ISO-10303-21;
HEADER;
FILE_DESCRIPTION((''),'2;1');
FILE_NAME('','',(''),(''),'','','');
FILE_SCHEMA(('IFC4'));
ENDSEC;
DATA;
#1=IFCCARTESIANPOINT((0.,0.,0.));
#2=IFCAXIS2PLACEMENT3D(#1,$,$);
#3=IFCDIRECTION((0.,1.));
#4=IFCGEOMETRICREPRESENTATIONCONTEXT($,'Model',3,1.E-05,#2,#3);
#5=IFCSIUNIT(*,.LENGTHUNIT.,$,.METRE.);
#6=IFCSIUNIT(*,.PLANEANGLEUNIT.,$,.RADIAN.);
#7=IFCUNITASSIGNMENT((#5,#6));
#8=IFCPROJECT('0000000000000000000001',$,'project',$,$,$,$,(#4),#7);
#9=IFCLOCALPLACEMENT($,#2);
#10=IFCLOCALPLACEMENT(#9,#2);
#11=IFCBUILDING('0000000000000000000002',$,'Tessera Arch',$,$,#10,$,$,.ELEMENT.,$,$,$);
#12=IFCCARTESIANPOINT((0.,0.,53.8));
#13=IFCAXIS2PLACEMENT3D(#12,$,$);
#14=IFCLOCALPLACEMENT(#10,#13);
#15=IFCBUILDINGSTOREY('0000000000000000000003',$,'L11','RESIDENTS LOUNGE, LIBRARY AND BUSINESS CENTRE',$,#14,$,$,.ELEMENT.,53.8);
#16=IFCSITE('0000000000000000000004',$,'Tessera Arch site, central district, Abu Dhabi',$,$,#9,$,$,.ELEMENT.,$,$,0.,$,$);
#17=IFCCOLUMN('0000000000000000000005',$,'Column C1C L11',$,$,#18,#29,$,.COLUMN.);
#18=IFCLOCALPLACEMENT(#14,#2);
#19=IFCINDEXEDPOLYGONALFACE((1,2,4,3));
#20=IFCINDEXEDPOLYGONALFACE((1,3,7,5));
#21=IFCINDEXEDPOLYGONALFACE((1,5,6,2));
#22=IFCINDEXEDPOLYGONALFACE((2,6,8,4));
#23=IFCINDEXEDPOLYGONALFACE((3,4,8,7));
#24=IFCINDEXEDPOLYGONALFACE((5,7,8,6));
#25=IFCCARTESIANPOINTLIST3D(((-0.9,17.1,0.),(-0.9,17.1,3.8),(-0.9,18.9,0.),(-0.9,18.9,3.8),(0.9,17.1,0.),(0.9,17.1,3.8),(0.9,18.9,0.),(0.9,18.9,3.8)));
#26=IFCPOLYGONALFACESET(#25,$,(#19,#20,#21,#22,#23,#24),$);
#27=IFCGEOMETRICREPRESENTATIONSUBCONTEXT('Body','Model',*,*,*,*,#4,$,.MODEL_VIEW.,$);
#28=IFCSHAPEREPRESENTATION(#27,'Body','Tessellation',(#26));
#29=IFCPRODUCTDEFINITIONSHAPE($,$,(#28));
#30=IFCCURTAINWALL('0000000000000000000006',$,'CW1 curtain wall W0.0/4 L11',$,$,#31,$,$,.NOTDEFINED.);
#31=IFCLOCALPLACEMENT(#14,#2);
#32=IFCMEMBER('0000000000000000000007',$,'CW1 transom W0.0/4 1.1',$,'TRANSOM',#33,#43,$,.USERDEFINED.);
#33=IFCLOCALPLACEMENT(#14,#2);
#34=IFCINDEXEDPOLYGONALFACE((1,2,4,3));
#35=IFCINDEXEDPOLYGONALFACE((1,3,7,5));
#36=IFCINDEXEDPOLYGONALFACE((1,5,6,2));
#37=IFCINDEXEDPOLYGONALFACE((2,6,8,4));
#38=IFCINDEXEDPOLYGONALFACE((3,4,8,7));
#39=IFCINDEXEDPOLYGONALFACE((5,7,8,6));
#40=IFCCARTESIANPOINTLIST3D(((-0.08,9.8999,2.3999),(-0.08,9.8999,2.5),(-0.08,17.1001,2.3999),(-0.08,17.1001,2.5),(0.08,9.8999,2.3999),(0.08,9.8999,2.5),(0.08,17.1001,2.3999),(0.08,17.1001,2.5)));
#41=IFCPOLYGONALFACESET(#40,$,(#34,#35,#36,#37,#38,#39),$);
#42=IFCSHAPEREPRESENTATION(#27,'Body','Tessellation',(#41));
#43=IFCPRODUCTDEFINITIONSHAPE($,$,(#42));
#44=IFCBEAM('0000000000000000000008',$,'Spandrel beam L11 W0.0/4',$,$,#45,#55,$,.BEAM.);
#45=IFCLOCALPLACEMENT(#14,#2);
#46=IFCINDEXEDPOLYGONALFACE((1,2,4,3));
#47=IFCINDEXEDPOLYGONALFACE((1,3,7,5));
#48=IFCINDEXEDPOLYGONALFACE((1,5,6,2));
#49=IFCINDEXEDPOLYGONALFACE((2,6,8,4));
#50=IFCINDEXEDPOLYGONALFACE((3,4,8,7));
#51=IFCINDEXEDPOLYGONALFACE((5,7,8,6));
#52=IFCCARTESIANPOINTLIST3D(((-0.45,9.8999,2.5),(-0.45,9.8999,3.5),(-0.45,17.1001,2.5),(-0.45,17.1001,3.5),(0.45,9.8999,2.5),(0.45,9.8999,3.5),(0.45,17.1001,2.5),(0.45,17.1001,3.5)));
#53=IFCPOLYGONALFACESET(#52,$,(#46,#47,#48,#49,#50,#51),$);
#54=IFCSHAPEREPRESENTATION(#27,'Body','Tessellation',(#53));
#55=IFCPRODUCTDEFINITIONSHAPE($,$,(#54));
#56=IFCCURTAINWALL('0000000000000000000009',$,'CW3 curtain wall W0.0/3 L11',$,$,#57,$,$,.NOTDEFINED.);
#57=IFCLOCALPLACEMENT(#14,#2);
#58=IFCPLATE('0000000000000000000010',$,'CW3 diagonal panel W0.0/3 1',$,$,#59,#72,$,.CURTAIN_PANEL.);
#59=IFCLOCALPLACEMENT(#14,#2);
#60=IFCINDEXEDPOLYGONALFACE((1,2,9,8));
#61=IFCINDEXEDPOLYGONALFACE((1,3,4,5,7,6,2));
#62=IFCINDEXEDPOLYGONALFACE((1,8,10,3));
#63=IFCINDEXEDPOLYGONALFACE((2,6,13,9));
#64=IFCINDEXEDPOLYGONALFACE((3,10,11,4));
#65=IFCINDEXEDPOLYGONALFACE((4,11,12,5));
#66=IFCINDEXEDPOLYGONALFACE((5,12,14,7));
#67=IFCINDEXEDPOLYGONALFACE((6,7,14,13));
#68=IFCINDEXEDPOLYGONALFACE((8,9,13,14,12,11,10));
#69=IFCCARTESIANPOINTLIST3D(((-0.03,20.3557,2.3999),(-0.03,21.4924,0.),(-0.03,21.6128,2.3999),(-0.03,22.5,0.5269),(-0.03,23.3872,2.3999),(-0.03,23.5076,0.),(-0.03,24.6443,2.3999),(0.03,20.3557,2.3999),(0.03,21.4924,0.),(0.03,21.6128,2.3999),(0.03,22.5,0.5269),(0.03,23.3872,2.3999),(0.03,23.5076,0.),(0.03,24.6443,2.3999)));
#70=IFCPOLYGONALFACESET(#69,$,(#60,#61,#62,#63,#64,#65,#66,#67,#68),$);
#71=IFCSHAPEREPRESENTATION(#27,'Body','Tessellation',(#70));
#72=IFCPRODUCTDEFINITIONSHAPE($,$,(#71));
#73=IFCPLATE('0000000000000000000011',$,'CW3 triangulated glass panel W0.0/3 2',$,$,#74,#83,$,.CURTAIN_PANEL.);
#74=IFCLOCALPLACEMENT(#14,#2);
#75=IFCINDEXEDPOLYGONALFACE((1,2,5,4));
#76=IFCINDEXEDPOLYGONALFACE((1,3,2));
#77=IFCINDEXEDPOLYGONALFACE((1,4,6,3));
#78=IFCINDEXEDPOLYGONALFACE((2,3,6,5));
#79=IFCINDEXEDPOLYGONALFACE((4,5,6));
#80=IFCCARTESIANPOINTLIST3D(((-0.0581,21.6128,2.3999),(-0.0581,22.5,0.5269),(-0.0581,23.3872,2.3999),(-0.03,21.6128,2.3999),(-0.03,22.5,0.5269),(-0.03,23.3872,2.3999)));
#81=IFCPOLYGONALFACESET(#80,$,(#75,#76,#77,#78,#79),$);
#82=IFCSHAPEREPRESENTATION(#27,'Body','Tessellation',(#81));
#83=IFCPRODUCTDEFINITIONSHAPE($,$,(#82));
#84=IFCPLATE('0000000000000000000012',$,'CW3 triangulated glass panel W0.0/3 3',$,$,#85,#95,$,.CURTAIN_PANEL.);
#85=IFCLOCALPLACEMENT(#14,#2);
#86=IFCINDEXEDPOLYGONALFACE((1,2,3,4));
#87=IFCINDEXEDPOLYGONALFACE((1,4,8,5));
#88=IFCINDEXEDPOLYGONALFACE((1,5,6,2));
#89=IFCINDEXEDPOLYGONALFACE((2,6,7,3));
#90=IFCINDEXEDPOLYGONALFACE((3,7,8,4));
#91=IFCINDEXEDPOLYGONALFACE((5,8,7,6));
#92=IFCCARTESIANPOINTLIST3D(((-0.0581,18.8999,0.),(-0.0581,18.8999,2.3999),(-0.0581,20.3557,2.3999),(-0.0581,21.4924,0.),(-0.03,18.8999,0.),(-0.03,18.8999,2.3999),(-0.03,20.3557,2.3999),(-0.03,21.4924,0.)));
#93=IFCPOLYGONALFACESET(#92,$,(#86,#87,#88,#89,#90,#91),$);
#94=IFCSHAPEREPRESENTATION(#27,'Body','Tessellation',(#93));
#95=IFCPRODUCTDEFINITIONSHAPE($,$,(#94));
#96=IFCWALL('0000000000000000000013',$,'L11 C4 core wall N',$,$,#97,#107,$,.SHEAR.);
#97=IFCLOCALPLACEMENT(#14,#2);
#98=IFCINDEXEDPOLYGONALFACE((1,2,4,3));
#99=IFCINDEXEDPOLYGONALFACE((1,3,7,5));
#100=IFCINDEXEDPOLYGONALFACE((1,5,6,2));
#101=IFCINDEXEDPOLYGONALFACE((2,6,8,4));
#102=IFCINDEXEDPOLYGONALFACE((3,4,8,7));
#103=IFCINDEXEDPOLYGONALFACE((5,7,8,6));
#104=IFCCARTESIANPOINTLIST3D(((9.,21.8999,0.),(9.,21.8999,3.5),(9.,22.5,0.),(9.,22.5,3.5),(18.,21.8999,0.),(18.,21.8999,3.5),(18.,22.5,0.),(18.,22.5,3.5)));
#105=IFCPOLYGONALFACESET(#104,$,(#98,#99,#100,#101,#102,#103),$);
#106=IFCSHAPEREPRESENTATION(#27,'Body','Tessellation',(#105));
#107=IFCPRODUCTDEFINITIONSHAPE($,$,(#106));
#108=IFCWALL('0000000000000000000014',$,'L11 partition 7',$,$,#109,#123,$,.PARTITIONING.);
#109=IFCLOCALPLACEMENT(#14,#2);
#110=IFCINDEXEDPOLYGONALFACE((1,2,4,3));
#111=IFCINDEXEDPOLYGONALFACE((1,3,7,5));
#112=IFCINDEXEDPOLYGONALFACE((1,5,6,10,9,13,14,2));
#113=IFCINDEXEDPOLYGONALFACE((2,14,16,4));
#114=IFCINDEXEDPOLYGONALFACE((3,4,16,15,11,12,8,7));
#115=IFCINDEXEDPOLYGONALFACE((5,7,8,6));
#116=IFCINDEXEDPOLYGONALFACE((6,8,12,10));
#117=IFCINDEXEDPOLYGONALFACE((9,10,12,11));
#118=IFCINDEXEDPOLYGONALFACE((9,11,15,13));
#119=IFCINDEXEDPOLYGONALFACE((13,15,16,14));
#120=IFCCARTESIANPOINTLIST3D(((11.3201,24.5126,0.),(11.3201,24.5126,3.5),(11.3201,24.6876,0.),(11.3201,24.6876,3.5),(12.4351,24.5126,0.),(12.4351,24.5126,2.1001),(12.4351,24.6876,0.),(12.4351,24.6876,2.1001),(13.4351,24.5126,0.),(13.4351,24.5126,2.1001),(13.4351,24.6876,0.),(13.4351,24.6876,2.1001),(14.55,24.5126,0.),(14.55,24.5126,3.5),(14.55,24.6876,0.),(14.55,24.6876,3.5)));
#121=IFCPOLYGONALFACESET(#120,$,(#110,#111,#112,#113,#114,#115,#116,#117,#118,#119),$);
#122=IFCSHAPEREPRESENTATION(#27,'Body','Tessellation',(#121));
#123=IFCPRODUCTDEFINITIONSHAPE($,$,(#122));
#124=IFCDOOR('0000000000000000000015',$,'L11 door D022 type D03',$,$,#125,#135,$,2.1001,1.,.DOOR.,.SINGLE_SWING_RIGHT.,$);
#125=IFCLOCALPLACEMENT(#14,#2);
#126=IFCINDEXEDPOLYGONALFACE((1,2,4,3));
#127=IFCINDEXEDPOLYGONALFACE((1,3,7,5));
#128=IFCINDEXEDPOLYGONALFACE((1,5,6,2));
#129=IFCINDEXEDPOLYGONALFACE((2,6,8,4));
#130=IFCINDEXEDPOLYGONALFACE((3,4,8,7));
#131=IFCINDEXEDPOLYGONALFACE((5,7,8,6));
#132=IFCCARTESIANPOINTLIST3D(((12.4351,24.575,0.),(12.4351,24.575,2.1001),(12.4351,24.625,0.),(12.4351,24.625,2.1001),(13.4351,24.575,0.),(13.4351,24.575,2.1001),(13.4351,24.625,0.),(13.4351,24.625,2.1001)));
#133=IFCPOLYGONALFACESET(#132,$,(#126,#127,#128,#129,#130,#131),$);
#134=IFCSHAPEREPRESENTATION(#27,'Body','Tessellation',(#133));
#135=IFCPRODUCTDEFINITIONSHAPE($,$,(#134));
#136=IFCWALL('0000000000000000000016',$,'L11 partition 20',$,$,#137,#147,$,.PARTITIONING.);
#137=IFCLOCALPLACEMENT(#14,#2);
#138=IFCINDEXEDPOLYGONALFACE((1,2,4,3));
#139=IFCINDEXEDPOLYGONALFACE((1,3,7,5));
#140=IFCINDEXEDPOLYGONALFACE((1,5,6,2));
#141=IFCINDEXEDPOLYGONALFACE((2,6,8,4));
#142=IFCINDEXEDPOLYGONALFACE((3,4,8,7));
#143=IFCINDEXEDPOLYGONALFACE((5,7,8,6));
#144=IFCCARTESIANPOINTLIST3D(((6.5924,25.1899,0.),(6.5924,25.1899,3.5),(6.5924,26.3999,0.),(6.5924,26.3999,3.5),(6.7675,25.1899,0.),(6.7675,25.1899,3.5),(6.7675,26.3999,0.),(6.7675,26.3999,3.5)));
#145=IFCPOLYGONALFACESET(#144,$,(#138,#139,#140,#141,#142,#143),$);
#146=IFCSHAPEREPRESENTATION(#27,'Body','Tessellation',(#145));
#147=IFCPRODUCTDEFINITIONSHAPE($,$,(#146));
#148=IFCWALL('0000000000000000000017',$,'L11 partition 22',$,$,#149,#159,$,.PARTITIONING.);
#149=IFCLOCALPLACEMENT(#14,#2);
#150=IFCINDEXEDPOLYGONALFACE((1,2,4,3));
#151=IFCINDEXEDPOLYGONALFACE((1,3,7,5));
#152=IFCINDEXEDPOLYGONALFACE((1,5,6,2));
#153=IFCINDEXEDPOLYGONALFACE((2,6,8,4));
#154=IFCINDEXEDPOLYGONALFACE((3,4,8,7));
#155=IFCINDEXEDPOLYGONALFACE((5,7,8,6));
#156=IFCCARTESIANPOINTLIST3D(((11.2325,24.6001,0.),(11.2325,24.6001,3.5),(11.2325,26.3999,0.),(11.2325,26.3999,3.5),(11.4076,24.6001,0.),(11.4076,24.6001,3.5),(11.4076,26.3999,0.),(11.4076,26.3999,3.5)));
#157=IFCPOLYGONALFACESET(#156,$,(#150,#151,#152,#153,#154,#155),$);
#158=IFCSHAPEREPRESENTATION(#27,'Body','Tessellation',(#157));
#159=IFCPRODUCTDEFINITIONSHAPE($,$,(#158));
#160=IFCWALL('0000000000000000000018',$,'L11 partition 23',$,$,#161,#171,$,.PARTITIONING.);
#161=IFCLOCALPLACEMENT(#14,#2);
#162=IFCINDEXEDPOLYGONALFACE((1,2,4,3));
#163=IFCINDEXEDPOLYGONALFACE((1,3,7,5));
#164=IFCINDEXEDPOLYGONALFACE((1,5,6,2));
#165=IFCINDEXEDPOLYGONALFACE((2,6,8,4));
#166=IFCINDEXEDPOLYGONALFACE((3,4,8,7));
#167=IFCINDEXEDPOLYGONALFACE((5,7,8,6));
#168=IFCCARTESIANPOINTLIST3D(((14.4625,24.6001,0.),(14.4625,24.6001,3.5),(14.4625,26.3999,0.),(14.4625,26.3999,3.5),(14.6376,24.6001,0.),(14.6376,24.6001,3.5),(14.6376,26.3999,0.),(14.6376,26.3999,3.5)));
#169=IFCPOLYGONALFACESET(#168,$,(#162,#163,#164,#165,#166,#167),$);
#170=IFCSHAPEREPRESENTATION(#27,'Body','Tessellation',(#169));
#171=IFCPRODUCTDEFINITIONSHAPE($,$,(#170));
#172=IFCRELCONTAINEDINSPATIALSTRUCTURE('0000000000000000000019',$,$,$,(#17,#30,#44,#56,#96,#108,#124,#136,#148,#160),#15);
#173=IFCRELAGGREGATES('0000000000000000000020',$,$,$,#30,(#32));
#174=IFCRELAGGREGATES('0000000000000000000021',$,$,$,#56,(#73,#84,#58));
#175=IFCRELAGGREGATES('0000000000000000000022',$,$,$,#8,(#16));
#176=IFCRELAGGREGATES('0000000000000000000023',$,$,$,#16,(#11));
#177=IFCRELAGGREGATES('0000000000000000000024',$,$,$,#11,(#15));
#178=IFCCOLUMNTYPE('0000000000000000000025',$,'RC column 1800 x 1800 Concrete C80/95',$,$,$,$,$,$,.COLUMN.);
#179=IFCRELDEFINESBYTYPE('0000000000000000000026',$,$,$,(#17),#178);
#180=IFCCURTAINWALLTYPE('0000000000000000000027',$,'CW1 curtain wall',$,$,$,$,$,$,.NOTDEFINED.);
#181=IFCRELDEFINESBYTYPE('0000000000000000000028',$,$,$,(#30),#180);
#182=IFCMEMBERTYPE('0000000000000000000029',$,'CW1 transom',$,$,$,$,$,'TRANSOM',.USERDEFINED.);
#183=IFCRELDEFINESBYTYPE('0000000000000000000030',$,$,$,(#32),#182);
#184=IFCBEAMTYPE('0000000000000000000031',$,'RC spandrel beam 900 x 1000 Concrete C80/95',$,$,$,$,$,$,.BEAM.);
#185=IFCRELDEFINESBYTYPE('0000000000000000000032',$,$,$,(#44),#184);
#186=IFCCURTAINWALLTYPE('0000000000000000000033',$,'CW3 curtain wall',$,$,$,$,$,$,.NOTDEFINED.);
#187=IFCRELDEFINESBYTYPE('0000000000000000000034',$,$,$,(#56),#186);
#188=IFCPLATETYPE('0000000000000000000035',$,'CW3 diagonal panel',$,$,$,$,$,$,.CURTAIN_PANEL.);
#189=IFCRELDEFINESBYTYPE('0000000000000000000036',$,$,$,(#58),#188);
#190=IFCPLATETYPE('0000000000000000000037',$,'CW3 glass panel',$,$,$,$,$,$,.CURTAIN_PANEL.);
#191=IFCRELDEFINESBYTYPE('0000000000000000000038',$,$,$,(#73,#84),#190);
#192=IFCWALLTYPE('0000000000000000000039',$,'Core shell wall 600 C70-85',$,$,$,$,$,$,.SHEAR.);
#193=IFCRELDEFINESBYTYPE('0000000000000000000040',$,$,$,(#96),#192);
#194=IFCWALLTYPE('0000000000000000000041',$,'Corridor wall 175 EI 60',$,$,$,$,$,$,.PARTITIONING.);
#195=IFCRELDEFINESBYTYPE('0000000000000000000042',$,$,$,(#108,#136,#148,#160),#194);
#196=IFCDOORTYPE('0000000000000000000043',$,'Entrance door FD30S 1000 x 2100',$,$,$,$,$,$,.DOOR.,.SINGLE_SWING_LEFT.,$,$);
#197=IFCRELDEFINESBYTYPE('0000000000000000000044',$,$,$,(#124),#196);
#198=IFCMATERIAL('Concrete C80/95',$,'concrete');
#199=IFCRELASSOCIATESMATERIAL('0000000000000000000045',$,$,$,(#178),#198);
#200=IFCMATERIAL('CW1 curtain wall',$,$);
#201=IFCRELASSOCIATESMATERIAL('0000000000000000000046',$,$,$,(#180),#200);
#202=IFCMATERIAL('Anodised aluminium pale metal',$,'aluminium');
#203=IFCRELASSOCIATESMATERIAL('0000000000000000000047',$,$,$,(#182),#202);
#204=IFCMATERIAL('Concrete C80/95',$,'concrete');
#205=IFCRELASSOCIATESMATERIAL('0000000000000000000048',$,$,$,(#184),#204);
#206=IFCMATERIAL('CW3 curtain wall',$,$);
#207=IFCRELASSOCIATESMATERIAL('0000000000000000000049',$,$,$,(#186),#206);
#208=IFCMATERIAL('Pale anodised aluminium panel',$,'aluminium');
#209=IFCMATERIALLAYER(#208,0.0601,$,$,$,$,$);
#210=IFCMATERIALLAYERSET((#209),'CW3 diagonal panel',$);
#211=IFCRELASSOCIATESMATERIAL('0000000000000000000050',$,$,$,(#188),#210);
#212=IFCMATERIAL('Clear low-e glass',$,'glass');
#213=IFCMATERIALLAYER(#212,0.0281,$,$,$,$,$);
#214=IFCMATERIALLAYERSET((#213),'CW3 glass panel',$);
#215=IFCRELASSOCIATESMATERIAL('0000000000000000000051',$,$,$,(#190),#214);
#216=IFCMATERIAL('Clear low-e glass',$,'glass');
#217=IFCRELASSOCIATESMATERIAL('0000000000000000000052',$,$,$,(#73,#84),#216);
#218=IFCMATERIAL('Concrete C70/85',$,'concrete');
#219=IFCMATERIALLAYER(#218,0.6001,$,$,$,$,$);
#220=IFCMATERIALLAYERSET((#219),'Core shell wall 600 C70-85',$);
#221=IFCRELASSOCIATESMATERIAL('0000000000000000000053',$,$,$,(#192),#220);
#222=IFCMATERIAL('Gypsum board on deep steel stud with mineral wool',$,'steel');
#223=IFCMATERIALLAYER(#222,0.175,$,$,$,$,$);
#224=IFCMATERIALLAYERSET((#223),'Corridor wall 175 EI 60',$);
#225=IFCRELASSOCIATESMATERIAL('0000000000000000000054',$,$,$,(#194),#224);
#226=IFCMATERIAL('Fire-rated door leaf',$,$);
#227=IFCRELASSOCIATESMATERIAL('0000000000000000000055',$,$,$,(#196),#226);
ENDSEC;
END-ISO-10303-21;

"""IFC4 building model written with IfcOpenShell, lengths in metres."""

from ifc_helpers import new_model, si_unit, direction, frame, frame_2d, origin, origin_2d, place, context, subcontext, project, spatial, polyline, rectangle, outline, extrude, material, layer, layer_set, material_profile, profile_set, type_object, element, fill, aggregate, save


model = new_model("IFC4")

# Units and contexts
model_context = context("Model", 3, precision=1e-05, world=origin(), true_north=direction((0.0, 1.0)))
body_context = subcontext(model_context, "Body", "Model", "MODEL_VIEW")
ifc_project = project(units=[si_unit("LENGTHUNIT", "METRE"), si_unit("PLANEANGLEUNIT", "RADIAN")], contexts=[model_context])

# Site, building, storey
site_placement = place(None, origin())
site = spatial("IfcSite", under=ifc_project, at=site_placement, Name="Tessera Arch site, central district, Abu Dhabi", CompositionType="ELEMENT", RefElevation=0.0)
building_placement = place(site_placement, origin())
building = spatial("IfcBuilding", under=site, at=building_placement, Name="Tessera Arch", CompositionType="ELEMENT")
storey_placement = place(building_placement, frame((0.0, 0.0, 53.8)))
storey = spatial("IfcBuildingStorey", under=building, at=storey_placement, Name="L11", Description="RESIDENTS LOUNGE, LIBRARY AND BUSINESS CENTRE", CompositionType="ELEMENT", Elevation=53.8)

# Column
ifc_material_1 = material(Name="Concrete C80/95", Category="concrete")
ifc_material_profile_1 = material_profile(ifc_material_1, rectangle(XDim=1.8, YDim=1.8, at=origin_2d()), Name="RC column 1800 x 1800 Concrete C80/95")
ifc_profile_set_1 = profile_set([ifc_material_profile_1], Name="Concrete C80/95")
column_type = type_object("IfcColumnType", Name="RC column 1800 x 1800 Concrete C80/95", PredefinedType="COLUMN", material=ifc_profile_set_1)
column_placement = place(storey_placement, frame((0.0, 18.0, 0.0), z_axis=(0.0, 0.0, 1.0), x_axis=(1.0, 0.0, 0.0)))
element("IfcColumn", 1, at=column_placement, inside=storey, type_object=column_type, Name="Column C1C L11", PredefinedType="COLUMN", context=body_context, shape_type="SweptSolid", body=[
    extrude(rectangle(XDim=1.8, YDim=1.8, at=origin_2d()), origin(), (0.0, 0.0, 1.0), 3.8),
])

# Curtain wall, member
ifc_material_2 = material(Name="CW1 curtain wall")
curtain_wall_type_1 = type_object("IfcCurtainWallType", Name="CW1 curtain wall", PredefinedType="NOTDEFINED", material=ifc_material_2)
curtain_wall_1_placement = place(storey_placement, origin())
curtain_wall_1 = element("IfcCurtainWall", 2, at=curtain_wall_1_placement, inside=storey, type_object=curtain_wall_type_1, Name="CW1 curtain wall W0.0/4 L11", PredefinedType="NOTDEFINED")
ifc_material_3 = material(Name="Anodised aluminium pale metal", Category="aluminium")
ifc_material_profile_2 = material_profile(ifc_material_3, rectangle(XDim=0.1599, YDim=0.1001, at=origin_2d()), Name="AL 160x100")
ifc_profile_set_2 = profile_set([ifc_material_profile_2], Name="Anodised aluminium pale metal")
member_type = type_object("IfcMemberType", Name="CW1 transom", ElementType="TRANSOM", PredefinedType="USERDEFINED", material=ifc_profile_set_2)
member_placement = place(storey_placement, frame((0.0, 17.1001, 2.45), z_axis=(0.0, -1.0, 0.0), x_axis=(1.0, 0.0, 0.0)))
member = element("IfcMember", 3, at=member_placement, type_object=member_type, Name="CW1 transom W0.0/4 1.1", ObjectType="TRANSOM", PredefinedType="USERDEFINED", context=body_context, shape_type="SweptSolid", body=[
    extrude(rectangle(XDim=0.1599, YDim=0.1001, at=origin_2d()), origin(), (0.0, 0.0, 1.0), 7.2002),
])
aggregate(curtain_wall_1, [member])

# Beam
ifc_material_4 = material(Name="Concrete C80/95", Category="concrete")
ifc_material_profile_3 = material_profile(ifc_material_4, rectangle(XDim=0.8999, YDim=1.0, at=origin_2d()), Name="RC spandrel beam 900 x 1000 Concrete C80/95")
ifc_profile_set_3 = profile_set([ifc_material_profile_3], Name="Concrete C80/95")
beam_type = type_object("IfcBeamType", Name="RC spandrel beam 900 x 1000 Concrete C80/95", PredefinedType="BEAM", material=ifc_profile_set_3)
beam_placement = place(storey_placement, frame((0.0, 17.1001, 3.0), z_axis=(0.0, -1.0, 0.0), x_axis=(1.0, 0.0, 0.0)))
element("IfcBeam", 4, at=beam_placement, inside=storey, type_object=beam_type, Name="Spandrel beam L11 W0.0/4", PredefinedType="BEAM", context=body_context, shape_type="SweptSolid", body=[
    extrude(rectangle(XDim=0.8999, YDim=1.0, at=origin_2d()), origin(), (0.0, 0.0, 1.0), 7.2002),
])

# Curtain wall, plates
ifc_material_5 = material(Name="CW3 curtain wall")
curtain_wall_type_2 = type_object("IfcCurtainWallType", Name="CW3 curtain wall", PredefinedType="NOTDEFINED", material=ifc_material_5)
curtain_wall_2_placement = place(storey_placement, origin())
curtain_wall_2 = element("IfcCurtainWall", 5, at=curtain_wall_2_placement, inside=storey, type_object=curtain_wall_type_2, Name="CW3 curtain wall W0.0/3 L11", PredefinedType="NOTDEFINED")
ifc_material_6 = material(Name="Pale anodised aluminium panel", Category="aluminium")
ifc_layer_1 = layer(ifc_material_6, 0.0601)
ifc_layer_set_1 = layer_set([ifc_layer_1], Name="CW3 diagonal panel")
plate_type_1 = type_object("IfcPlateType", Name="CW3 diagonal panel", PredefinedType="CURTAIN_PANEL", material=ifc_layer_set_1)
plate_1_placement = place(storey_placement, frame((-0.03, 20.3557, 2.3999), z_axis=(-1.0, 0.0, 0.0), x_axis=(0.0, 1.0, 0.0)))
plate_1 = element("IfcPlate", 6, at=plate_1_placement, type_object=plate_type_1, Name="CW3 diagonal panel W0.0/3 1", PredefinedType="CURTAIN_PANEL", context=body_context, shape_type="SweptSolid", body=[
    extrude(outline(polyline([(0.0, 0.0), (1.2571, 0.0), (2.1443, 1.873), (3.0315, 0.0), (4.2886, 0.0), (3.1519, 2.3999), (1.1367, 2.3999), (0.0, 0.0)])), origin(), (0.0, 0.0, -1.0), 0.0601),
])
ifc_material_7 = material(Name="Clear low-e glass", Category="glass")
ifc_material_8 = material(Name="Clear low-e glass", Category="glass")
ifc_layer_2 = layer(ifc_material_8, 0.0281)
ifc_layer_set_2 = layer_set([ifc_layer_2], Name="CW3 glass panel")
plate_type_2 = type_object("IfcPlateType", Name="CW3 glass panel", PredefinedType="CURTAIN_PANEL", material=ifc_layer_set_2)
plate_2_placement = place(storey_placement, frame((-0.0581, 21.6128, 2.3999), z_axis=(-1.0, 0.0, 0.0), x_axis=(0.0, 1.0, 0.0)))
plate_2 = element("IfcPlate", 7, at=plate_2_placement, type_object=plate_type_2, material=ifc_material_7, Name="CW3 triangulated glass panel W0.0/3 2", PredefinedType="CURTAIN_PANEL", context=body_context, shape_type="SweptSolid", body=[
    extrude(outline(polyline([(0.0, 0.0), (1.7744, 0.0), (0.8872, 1.873), (0.0, 0.0)])), origin(), (0.0, 0.0, -1.0), 0.0281),
])
plate_3_placement = place(storey_placement, frame((-0.0581, 18.8999, 2.3999), z_axis=(-1.0, 0.0, 0.0), x_axis=(0.0, 1.0, 0.0)))
plate_3 = element("IfcPlate", 8, at=plate_3_placement, type_object=plate_type_2, material=ifc_material_7, Name="CW3 triangulated glass panel W0.0/3 3", PredefinedType="CURTAIN_PANEL", context=body_context, shape_type="SweptSolid", body=[
    extrude(outline(polyline([(0.0, 0.0), (1.4558, 0.0), (2.5925, 2.3999), (0.0, 2.3999), (0.0, 0.0)])), origin(), (0.0, 0.0, -1.0), 0.0281),
])
aggregate(curtain_wall_2, [plate_2, plate_3, plate_1])

# Wall
ifc_material_9 = material(Name="Concrete C70/85", Category="concrete")
ifc_layer_3 = layer(ifc_material_9, 0.6001)
ifc_layer_set_3 = layer_set([ifc_layer_3], Name="Core shell wall 600 C70-85")
wall_type_1 = type_object("IfcWallType", Name="Core shell wall 600 C70-85", PredefinedType="SHEAR", material=ifc_layer_set_3)
wall_1_placement = place(storey_placement, frame((9.0, 22.2, 0.0), z_axis=(0.0, 0.0, 1.0), x_axis=(1.0, 0.0, 0.0)))
element("IfcWall", 9, at=wall_1_placement, inside=storey, type_object=wall_type_1, Name="L11 C4 core wall N", PredefinedType="SHEAR", context=body_context, shape_type="SweptSolid", body=[
    extrude(rectangle(XDim=9.0, YDim=0.6001, at=frame_2d((4.5, 0.0))), origin(), (0.0, 0.0, 1.0), 3.5),
])

# Wall, opening, door
ifc_material_10 = material(Name="Gypsum board on deep steel stud with mineral wool", Category="steel")
ifc_layer_4 = layer(ifc_material_10, 0.175)
ifc_layer_set_4 = layer_set([ifc_layer_4], Name="Corridor wall 175 EI 60")
wall_type_2 = type_object("IfcWallType", Name="Corridor wall 175 EI 60", PredefinedType="PARTITIONING", material=ifc_layer_set_4)
wall_2_placement = place(storey_placement, frame((11.3201, 24.6001, 0.0), z_axis=(0.0, 0.0, 1.0), x_axis=(1.0, 0.0, 0.0)))
wall_2 = element("IfcWall", 10, at=wall_2_placement, inside=storey, type_object=wall_type_2, Name="L11 partition 7", PredefinedType="PARTITIONING", context=body_context, shape_type="SweptSolid", body=[
    extrude(rectangle(XDim=3.23, YDim=0.175, at=frame_2d((1.615, 0.0))), origin(), (0.0, 0.0, 1.0), 3.5),
])
opening_1_placement = place(wall_2_placement, frame((1.115, 0.0, 0.0)))
opening_1 = element("IfcOpeningElement", 11, at=opening_1_placement, cuts=wall_2, PredefinedType="OPENING", context=body_context, shape_type="SweptSolid", body=[
    extrude(rectangle(XDim=1.0, YDim=2.1001, at=frame_2d((0.5, 1.05))), frame((0.0, 0.0974, 0.0), z_axis=(0.0, -1.0, 0.0), x_axis=(1.0, 0.0, 0.0)), (0.0, 0.0, 1.0), 0.1951),
])
ifc_material_11 = material(Name="Fire-rated door leaf")
door_type_1 = type_object("IfcDoorType", Name="Entrance door FD30S 1000 x 2100", OperationType="SINGLE_SWING_LEFT", PredefinedType="DOOR", material=ifc_material_11)
door_1_placement = place(opening_1_placement, origin())
door_1 = element("IfcDoor", 12, at=door_1_placement, inside=storey, type_object=door_type_1, Name="L11 door D022 type D03", OperationType="SINGLE_SWING_RIGHT", OverallHeight=2.1001, OverallWidth=1.0, PredefinedType="DOOR", context=body_context, shape_type="SweptSolid", body=[
    extrude(rectangle(XDim=1.0, YDim=2.1001, at=frame_2d((0.5, 1.05))), frame((0.0, 0.0249, 0.0), z_axis=(0.0, -1.0, 0.0), x_axis=(1.0, 0.0, 0.0)), (0.0, 0.0, 1.0), 0.05),
])
fill(opening_1, door_1)

# Walls
wall_3_placement = place(storey_placement, frame((6.6799, 25.1899, 0.0), z_axis=(0.0, 0.0, 1.0), x_axis=(0.0, 1.0, 0.0)))
element("IfcWall", 13, at=wall_3_placement, inside=storey, type_object=wall_type_2, Name="L11 partition 20", PredefinedType="PARTITIONING", context=body_context, shape_type="SweptSolid", body=[
    extrude(rectangle(XDim=1.21, YDim=0.175, at=frame_2d((0.605, 0.0))), origin(), (0.0, 0.0, 1.0), 3.5),
])
for number, where, z_axis, x_axis, name in (
    (14, (11.3201, 24.6001, 0.0), (0.0, 0.0, 1.0), (0.0, 1.0, 0.0), "L11 partition 22"),
    (15, (14.55, 24.6001, 0.0), (0.0, 0.0, 1.0), (0.0, 1.0, 0.0), "L11 partition 23"),
):
    element("IfcWall", number, at=place(storey_placement, frame(where, z_axis=z_axis, x_axis=x_axis)), inside=storey, type_object=wall_type_2, Name=name, PredefinedType="PARTITIONING", context=body_context, shape_type="SweptSolid", body=[
        extrude(rectangle(XDim=1.7998, YDim=0.175, at=frame_2d((0.8999, 0.0))), origin(), (0.0, 0.0, 1.0), 3.5),
    ])

save(model, "model.ifc")
